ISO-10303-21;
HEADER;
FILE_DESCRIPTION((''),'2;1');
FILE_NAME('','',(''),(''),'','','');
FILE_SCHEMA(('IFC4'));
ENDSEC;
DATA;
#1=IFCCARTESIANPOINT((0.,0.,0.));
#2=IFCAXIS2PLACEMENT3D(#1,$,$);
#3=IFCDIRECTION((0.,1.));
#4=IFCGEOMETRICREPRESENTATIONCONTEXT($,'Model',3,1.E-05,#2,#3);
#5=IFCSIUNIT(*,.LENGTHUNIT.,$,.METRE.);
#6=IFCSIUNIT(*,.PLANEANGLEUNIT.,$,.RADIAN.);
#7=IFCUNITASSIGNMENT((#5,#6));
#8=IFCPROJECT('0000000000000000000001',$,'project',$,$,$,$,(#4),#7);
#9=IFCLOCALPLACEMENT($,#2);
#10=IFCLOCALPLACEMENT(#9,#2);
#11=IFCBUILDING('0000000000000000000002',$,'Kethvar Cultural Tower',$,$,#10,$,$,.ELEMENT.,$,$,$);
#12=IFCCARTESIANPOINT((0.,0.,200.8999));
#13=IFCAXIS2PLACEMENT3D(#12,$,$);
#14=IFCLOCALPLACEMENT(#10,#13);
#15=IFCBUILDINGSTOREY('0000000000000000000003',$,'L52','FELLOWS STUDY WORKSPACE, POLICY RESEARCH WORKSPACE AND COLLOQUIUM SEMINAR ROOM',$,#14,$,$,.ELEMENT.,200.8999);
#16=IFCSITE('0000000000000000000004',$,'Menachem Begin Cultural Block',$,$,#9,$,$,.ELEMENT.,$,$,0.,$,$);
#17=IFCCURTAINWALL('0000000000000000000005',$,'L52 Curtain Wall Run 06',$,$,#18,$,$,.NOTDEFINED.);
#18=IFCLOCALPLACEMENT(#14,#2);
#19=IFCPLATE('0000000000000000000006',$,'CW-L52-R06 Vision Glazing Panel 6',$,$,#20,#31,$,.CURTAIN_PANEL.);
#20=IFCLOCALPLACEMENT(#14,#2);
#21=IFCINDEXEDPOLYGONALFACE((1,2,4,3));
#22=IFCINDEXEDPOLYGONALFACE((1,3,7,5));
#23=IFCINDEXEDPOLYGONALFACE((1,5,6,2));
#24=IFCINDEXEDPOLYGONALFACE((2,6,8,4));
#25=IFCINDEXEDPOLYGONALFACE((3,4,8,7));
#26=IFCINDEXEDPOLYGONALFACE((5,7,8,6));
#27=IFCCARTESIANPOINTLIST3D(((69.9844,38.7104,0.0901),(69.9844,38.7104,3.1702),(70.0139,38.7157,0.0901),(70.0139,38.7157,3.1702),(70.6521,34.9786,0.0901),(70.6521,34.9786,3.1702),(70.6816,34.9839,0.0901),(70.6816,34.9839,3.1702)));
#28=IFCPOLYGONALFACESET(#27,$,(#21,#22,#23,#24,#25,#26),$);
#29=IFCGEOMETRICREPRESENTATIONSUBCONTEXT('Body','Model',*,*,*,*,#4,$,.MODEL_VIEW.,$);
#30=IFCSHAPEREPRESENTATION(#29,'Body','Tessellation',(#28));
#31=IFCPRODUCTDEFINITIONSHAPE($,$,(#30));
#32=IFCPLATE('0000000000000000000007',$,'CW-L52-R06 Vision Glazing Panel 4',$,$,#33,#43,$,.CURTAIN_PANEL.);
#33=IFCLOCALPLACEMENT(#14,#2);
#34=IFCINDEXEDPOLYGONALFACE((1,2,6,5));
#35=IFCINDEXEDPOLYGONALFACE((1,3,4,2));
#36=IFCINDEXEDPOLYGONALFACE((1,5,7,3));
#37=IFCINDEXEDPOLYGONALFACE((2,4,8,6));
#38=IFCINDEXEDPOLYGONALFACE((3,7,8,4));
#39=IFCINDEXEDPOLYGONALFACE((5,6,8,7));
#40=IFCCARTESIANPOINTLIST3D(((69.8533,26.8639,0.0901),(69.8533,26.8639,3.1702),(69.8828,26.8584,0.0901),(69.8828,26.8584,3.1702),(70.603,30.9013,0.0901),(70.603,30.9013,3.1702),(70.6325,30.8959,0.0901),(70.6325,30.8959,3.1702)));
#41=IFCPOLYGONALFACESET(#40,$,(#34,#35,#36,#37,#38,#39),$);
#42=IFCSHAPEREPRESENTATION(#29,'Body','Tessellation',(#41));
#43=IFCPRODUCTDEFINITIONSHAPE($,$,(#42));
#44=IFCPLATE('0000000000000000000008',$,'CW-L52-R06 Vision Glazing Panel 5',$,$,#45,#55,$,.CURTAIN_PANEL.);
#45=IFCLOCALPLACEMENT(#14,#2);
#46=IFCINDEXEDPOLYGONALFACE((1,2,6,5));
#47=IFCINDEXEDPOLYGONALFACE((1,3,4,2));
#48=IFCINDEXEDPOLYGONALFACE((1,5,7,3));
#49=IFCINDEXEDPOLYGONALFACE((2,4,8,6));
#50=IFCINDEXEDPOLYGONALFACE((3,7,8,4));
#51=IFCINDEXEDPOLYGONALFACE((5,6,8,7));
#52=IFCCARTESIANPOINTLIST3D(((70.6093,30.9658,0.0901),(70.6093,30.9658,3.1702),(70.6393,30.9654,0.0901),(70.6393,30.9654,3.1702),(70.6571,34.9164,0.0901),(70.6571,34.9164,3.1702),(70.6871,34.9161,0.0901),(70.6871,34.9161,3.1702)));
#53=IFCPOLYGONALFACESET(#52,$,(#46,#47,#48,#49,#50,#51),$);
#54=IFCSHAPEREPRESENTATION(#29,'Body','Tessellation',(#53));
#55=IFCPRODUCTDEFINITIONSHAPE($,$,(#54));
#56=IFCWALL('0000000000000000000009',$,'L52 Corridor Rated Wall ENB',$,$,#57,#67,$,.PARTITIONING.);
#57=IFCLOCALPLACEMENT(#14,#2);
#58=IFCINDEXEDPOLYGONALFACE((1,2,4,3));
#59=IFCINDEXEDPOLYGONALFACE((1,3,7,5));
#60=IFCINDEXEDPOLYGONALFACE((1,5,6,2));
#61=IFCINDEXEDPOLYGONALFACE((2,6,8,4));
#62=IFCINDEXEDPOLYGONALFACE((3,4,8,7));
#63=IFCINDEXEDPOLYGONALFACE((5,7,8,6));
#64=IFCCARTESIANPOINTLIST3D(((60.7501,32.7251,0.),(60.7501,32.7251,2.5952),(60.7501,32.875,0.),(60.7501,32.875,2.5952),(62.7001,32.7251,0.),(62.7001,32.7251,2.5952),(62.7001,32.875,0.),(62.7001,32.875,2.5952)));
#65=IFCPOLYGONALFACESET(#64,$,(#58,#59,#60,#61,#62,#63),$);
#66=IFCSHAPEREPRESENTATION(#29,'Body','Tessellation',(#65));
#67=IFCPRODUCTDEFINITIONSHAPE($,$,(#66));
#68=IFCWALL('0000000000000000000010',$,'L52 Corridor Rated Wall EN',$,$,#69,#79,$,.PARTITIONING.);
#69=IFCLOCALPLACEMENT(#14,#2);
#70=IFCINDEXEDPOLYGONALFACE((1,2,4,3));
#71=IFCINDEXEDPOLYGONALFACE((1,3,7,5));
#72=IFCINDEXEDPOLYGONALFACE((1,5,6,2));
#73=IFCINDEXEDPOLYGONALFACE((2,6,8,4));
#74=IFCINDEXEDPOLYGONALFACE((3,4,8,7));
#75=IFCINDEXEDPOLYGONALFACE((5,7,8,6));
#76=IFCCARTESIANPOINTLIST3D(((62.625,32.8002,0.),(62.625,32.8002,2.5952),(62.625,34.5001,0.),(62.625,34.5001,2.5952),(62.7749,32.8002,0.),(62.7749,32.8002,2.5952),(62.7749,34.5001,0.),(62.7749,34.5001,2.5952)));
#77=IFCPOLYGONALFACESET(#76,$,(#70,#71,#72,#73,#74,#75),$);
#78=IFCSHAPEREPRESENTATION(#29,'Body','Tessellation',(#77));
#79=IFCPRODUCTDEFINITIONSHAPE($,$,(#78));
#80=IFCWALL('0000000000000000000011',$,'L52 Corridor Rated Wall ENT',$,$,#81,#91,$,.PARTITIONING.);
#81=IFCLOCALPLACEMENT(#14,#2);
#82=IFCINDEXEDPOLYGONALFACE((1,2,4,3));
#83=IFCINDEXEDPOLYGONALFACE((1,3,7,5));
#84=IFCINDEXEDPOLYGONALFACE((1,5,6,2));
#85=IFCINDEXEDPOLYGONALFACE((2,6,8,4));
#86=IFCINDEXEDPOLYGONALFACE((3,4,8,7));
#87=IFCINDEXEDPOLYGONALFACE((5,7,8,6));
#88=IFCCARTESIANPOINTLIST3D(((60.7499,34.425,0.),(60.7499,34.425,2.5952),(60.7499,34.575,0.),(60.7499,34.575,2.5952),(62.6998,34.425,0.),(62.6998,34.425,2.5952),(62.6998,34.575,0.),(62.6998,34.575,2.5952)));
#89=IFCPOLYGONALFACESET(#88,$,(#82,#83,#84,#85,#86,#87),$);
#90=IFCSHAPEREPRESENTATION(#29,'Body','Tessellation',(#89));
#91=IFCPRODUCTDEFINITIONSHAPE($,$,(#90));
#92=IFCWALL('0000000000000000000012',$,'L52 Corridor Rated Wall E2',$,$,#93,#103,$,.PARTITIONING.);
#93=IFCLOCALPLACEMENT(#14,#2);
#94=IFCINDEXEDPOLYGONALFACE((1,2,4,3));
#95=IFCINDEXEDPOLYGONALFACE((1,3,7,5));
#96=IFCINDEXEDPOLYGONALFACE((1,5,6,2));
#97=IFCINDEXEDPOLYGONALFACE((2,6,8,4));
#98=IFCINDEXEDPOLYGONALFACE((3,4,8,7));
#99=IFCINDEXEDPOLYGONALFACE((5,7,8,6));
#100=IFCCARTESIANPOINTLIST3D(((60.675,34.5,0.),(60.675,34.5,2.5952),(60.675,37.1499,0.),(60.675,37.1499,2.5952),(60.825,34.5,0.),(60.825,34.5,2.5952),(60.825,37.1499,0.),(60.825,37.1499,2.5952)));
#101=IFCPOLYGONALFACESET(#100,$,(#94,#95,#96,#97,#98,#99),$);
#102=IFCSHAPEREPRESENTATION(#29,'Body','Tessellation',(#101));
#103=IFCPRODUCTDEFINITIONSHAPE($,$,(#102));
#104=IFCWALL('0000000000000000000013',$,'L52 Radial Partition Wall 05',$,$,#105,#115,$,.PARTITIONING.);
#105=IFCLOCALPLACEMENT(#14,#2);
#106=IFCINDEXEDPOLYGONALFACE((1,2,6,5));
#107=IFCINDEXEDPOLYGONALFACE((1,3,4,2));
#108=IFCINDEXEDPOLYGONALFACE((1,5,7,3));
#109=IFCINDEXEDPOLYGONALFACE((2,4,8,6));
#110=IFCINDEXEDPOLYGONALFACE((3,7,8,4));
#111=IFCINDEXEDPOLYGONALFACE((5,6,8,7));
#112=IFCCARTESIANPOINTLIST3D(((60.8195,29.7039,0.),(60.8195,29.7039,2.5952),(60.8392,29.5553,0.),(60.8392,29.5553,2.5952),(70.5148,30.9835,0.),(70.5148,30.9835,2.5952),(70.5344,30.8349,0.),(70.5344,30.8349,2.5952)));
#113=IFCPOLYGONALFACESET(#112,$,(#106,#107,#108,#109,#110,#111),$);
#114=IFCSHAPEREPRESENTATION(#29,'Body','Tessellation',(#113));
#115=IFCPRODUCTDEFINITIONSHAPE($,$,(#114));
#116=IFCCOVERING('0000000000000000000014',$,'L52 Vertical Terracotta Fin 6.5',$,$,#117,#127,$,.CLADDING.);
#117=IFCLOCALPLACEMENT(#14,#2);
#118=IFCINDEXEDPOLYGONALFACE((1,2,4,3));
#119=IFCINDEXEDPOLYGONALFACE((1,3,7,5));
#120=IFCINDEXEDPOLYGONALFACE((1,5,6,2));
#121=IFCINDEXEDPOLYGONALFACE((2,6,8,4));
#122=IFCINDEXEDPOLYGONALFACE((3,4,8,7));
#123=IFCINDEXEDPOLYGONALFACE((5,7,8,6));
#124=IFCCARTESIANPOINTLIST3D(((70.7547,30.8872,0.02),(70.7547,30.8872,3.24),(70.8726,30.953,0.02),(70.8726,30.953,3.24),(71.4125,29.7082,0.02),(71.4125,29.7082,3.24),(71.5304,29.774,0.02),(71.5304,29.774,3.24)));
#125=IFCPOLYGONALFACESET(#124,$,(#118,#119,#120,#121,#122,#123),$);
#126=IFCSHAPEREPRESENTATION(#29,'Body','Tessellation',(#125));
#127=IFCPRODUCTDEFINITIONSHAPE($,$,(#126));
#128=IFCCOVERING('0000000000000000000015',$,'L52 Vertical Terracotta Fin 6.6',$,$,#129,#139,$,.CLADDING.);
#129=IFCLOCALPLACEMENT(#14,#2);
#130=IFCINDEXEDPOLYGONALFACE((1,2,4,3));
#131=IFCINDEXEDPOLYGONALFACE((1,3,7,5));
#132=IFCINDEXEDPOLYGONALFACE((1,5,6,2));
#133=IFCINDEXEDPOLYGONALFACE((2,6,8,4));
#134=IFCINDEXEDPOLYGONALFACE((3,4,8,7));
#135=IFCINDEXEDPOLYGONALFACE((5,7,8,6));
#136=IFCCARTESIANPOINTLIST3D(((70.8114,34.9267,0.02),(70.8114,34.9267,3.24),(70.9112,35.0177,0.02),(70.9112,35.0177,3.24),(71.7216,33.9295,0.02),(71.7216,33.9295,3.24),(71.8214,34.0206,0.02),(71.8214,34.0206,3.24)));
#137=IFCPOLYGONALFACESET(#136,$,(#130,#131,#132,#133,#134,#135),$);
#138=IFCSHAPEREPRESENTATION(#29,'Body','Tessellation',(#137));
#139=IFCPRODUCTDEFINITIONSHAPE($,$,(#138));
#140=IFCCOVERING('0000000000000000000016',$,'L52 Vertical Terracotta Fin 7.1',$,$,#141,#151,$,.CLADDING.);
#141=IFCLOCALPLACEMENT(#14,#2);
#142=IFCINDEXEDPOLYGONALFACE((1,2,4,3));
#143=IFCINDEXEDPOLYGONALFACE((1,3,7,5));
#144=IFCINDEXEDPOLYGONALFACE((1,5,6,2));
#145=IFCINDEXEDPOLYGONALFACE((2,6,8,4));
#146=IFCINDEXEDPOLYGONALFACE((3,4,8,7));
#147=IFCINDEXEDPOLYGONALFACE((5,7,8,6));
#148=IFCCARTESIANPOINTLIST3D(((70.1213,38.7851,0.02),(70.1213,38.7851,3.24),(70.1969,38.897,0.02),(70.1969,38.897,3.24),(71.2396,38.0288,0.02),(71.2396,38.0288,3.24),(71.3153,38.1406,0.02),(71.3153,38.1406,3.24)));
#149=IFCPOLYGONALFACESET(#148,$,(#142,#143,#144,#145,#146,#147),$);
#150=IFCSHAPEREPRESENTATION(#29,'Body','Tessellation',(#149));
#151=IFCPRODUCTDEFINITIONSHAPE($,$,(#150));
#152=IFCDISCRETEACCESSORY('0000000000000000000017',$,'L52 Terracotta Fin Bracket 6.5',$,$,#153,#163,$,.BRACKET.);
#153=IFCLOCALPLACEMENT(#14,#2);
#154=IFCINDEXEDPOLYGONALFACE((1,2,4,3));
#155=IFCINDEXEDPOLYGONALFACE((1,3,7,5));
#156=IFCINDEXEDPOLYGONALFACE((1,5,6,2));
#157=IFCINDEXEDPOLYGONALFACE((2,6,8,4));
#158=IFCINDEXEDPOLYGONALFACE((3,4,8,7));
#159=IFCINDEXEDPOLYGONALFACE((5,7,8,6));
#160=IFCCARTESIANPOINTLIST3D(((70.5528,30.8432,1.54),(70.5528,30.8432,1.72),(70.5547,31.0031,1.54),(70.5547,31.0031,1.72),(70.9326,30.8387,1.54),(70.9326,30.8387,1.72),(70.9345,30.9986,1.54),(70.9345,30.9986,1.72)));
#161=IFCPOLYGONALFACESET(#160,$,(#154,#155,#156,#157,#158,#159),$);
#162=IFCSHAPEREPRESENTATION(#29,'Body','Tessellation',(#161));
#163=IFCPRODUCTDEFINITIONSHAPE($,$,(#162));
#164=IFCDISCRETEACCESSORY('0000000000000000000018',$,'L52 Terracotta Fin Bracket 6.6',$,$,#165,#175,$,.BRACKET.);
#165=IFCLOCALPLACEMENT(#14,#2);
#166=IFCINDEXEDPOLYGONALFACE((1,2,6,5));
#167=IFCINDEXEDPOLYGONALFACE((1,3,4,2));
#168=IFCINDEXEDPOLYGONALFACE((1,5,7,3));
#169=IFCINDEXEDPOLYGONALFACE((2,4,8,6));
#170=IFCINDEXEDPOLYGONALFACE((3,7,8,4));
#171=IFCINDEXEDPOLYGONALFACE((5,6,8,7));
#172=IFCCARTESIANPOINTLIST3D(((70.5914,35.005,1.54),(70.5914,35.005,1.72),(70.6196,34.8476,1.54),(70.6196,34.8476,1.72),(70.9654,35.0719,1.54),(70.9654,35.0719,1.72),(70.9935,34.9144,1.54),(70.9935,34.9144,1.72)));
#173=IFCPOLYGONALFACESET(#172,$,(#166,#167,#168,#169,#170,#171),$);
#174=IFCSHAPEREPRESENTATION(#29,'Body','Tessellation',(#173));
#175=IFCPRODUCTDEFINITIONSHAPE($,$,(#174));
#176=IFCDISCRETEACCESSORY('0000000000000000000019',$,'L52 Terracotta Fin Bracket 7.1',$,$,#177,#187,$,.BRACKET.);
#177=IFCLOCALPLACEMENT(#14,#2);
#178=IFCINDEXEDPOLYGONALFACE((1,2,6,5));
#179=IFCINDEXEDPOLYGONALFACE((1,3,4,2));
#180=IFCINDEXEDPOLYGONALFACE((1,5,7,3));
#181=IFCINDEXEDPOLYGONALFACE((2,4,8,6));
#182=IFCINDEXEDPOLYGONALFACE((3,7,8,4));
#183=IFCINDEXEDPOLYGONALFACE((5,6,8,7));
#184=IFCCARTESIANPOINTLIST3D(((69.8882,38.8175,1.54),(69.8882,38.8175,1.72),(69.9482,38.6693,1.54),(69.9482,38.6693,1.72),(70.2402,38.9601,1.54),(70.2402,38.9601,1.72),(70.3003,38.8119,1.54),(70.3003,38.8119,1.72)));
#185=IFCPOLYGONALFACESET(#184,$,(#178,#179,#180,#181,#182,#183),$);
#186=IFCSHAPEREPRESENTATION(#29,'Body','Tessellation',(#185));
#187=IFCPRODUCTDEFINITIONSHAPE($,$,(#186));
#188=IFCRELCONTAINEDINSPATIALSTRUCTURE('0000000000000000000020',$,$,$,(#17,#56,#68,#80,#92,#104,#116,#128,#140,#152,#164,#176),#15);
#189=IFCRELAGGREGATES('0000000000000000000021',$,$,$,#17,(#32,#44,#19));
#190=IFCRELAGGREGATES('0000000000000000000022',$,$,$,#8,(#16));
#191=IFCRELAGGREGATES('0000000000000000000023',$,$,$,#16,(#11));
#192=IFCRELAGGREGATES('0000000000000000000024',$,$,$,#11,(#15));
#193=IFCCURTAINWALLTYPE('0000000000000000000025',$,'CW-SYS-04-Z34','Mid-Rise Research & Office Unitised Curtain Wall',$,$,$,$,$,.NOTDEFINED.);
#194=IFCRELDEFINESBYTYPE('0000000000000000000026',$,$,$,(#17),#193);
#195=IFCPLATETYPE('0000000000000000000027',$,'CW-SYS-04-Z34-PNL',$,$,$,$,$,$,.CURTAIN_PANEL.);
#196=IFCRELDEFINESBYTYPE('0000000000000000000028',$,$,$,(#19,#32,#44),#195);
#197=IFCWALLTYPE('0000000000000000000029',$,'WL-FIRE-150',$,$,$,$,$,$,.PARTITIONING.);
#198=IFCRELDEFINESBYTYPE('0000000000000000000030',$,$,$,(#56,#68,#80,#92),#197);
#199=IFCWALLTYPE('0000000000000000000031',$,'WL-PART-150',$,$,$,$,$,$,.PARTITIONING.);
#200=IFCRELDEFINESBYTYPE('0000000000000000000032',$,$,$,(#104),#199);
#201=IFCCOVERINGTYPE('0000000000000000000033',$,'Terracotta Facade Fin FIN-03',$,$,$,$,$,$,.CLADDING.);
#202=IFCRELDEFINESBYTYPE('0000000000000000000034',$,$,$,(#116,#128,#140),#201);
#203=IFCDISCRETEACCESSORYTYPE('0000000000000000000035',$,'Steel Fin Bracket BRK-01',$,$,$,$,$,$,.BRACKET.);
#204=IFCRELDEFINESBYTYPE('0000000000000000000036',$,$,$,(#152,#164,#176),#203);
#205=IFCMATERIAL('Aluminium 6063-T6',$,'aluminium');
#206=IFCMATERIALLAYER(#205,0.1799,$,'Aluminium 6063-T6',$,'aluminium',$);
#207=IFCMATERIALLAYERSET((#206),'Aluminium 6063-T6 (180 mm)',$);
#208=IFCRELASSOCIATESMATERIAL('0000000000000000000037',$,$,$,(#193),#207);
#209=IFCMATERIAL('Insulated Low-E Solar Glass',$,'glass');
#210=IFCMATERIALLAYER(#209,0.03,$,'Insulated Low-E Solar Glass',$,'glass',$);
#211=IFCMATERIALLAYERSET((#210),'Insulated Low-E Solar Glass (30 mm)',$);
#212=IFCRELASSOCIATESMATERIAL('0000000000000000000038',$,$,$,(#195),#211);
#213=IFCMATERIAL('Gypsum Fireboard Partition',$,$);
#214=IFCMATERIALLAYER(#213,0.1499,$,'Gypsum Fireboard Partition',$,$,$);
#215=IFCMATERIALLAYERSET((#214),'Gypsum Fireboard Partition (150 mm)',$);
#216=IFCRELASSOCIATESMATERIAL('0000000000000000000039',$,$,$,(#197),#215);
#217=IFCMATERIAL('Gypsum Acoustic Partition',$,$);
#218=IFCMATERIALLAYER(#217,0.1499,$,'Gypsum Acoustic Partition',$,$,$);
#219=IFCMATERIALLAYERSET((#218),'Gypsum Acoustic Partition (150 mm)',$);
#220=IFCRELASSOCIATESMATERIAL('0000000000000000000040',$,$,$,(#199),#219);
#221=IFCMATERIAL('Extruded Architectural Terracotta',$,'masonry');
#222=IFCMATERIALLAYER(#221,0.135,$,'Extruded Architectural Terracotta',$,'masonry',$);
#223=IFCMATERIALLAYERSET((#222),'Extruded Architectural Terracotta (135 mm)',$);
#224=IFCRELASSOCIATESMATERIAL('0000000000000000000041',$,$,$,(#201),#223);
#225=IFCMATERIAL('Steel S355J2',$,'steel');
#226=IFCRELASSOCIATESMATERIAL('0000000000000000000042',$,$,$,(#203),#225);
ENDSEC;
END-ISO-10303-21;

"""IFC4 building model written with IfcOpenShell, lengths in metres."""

from ifc_helpers import new_model, si_unit, direction, frame, frame_2d, origin, origin_2d, place, context, subcontext, project, spatial, rectangle, extrude, source, transform, mapped, material, layer, layer_set, type_object, element, aggregate, save


model = new_model("IFC4")

# Units and contexts
model_context = context("Model", 3, precision=1e-05, world=origin(), true_north=direction((0.0, 1.0)))
body_context = subcontext(model_context, "Body", "Model", "MODEL_VIEW")
ifc_project = project(units=[si_unit("LENGTHUNIT", "METRE"), si_unit("PLANEANGLEUNIT", "RADIAN")], contexts=[model_context])

# Site, building, storey
site_placement = place(None, origin())
site = spatial("IfcSite", under=ifc_project, at=site_placement, Name="Menachem Begin Cultural Block", CompositionType="ELEMENT", RefElevation=0.0)
building_placement = place(site_placement, origin())
building = spatial("IfcBuilding", under=site, at=building_placement, Name="Kethvar Cultural Tower", CompositionType="ELEMENT")
storey_placement = place(building_placement, frame((0.0, 0.0, 200.8999)))
storey = spatial("IfcBuildingStorey", under=building, at=storey_placement, Name="L52", Description="FELLOWS STUDY WORKSPACE, POLICY RESEARCH WORKSPACE AND COLLOQUIUM SEMINAR ROOM", CompositionType="ELEMENT", Elevation=200.8999)

# Shared definitions
ifc_material_1 = material(Name="Steel S355J2", Category="steel")

# Curtain wall
ifc_material_2 = material(Name="Aluminium 6063-T6", Category="aluminium")
ifc_layer_1 = layer(ifc_material_2, 0.1799, Name="Aluminium 6063-T6", Category="aluminium")
ifc_layer_set_1 = layer_set([ifc_layer_1], Name="Aluminium 6063-T6 (180 mm)")
curtain_wall_type = type_object("IfcCurtainWallType", Name="CW-SYS-04-Z34", Description="Mid-Rise Research & Office Unitised Curtain Wall", PredefinedType="NOTDEFINED", material=ifc_layer_set_1)
curtain_wall_1_placement = place(storey_placement, origin())
curtain_wall_1 = element("IfcCurtainWall", 1, at=curtain_wall_1_placement, inside=storey, type_object=curtain_wall_type, Name="L52 Curtain Wall Run 06", PredefinedType="NOTDEFINED")

# Plates
ifc_material_3 = material(Name="Insulated Low-E Solar Glass", Category="glass")
ifc_layer_2 = layer(ifc_material_3, 0.03, Name="Insulated Low-E Solar Glass", Category="glass")
ifc_layer_set_2 = layer_set([ifc_layer_2], Name="Insulated Low-E Solar Glass (30 mm)")
plate_type = type_object("IfcPlateType", Name="CW-SYS-04-Z34-PNL", PredefinedType="CURTAIN_PANEL", material=ifc_layer_set_2)
shared_shape_1 = source(origin(), body_context, "Body", "SweptSolid", [
    extrude(rectangle(XDim=3.791, YDim=0.03, at=origin_2d()), origin(), (0.0, 0.0, 1.0), 3.0801),
])
plate_1_placement = place(storey_placement, frame((70.333, 36.8472, 0.0901), z_axis=(0.0, 0.0, 1.0), x_axis=(-0.176123, 0.984368, 0.0)))
plate_1 = element("IfcPlate", 2, at=plate_1_placement, type_object=plate_type, Name="CW-L52-R06 Vision Glazing Panel 6", PredefinedType="CURTAIN_PANEL", context=body_context, shape_type="MappedRepresentation", body=[
    mapped(shared_shape_1, transform((0.0, 0.0, 0.0), scale=1.0)),
])
shared_shape_2 = source(origin(), body_context, "Body", "SweptSolid", [
    extrude(rectangle(XDim=4.1064, YDim=0.03, at=origin_2d()), origin(), (0.0, 0.0, 1.0), 3.0801),
])
plate_2_placement = place(storey_placement, frame((70.2429, 28.8799, 0.0901), z_axis=(0.0, 0.0, 1.0), x_axis=(0.182562, 0.983194, 0.0)))
plate_2 = element("IfcPlate", 3, at=plate_2_placement, type_object=plate_type, Name="CW-L52-R06 Vision Glazing Panel 4", PredefinedType="CURTAIN_PANEL", context=body_context, shape_type="MappedRepresentation", body=[
    mapped(shared_shape_2, transform((0.0, 0.0, 0.0), scale=1.0)),
])
shared_shape_3 = source(origin(), body_context, "Body", "SweptSolid", [
    extrude(rectangle(XDim=3.9509, YDim=0.03, at=origin_2d()), origin(), (0.0, 0.0, 1.0), 3.0801),
])
plate_3_placement = place(storey_placement, frame((70.6482, 32.9409, 0.0901), z_axis=(0.0, 0.0, 1.0), x_axis=(0.012112, 0.999927, 0.0)))
plate_3 = element("IfcPlate", 4, at=plate_3_placement, type_object=plate_type, Name="CW-L52-R06 Vision Glazing Panel 5", PredefinedType="CURTAIN_PANEL", context=body_context, shape_type="MappedRepresentation", body=[
    mapped(shared_shape_3, transform((0.0, 0.0, 0.0), scale=1.0)),
])
aggregate(curtain_wall_1, [plate_2, plate_3, plate_1])

# Walls
ifc_material_4 = material(Name="Gypsum Fireboard Partition")
ifc_layer_3 = layer(ifc_material_4, 0.1499, Name="Gypsum Fireboard Partition")
ifc_layer_set_3 = layer_set([ifc_layer_3], Name="Gypsum Fireboard Partition (150 mm)")
wall_type_1 = type_object("IfcWallType", Name="WL-FIRE-150", PredefinedType="PARTITIONING", material=ifc_layer_set_3)
wall_1_placement = place(storey_placement, frame((60.75, 32.8, 0.0), z_axis=(0.0, 0.0, 1.0), x_axis=(1.0, 0.0, 0.0)))
element("IfcWall", 5, at=wall_1_placement, inside=storey, type_object=wall_type_1, Name="L52 Corridor Rated Wall ENB", PredefinedType="PARTITIONING", context=body_context, shape_type="SweptSolid", body=[
    extrude(rectangle(XDim=1.95, YDim=0.1499, at=frame_2d((0.9751, 0.0))), origin(), (0.0, 0.0, 1.0), 2.5952),
])
wall_2_placement = place(storey_placement, frame((62.7, 32.8, 0.0), z_axis=(0.0, 0.0, 1.0), x_axis=(0.0, 1.0, 0.0)))
element("IfcWall", 6, at=wall_2_placement, inside=storey, type_object=wall_type_1, Name="L52 Corridor Rated Wall EN", PredefinedType="PARTITIONING", context=body_context, shape_type="SweptSolid", body=[
    extrude(rectangle(XDim=1.7, YDim=0.1499, at=frame_2d((0.8501, 0.0))), origin(), (0.0, 0.0, 1.0), 2.5952),
])
wall_3_placement = place(storey_placement, frame((62.7, 34.5, 0.0), z_axis=(0.0, 0.0, 1.0), x_axis=(-1.0, 0.0, 0.0)))
element("IfcWall", 7, at=wall_3_placement, inside=storey, type_object=wall_type_1, Name="L52 Corridor Rated Wall ENT", PredefinedType="PARTITIONING", context=body_context, shape_type="SweptSolid", body=[
    extrude(rectangle(XDim=1.95, YDim=0.1499, at=frame_2d((0.9751, 0.0))), origin(), (0.0, 0.0, 1.0), 2.5952),
])
wall_4_placement = place(storey_placement, frame((60.75, 34.5, 0.0), z_axis=(0.0, 0.0, 1.0), x_axis=(0.0, 1.0, 0.0)))
element("IfcWall", 8, at=wall_4_placement, inside=storey, type_object=wall_type_1, Name="L52 Corridor Rated Wall E2", PredefinedType="PARTITIONING", context=body_context, shape_type="SweptSolid", body=[
    extrude(rectangle(XDim=2.6499, YDim=0.1499, at=frame_2d((1.325, 0.0))), origin(), (0.0, 0.0, 1.0), 2.5952),
])

# Wall
ifc_material_5 = material(Name="Gypsum Acoustic Partition")
ifc_layer_4 = layer(ifc_material_5, 0.1499, Name="Gypsum Acoustic Partition")
ifc_layer_set_4 = layer_set([ifc_layer_4], Name="Gypsum Acoustic Partition (150 mm)")
wall_type_2 = type_object("IfcWallType", Name="WL-PART-150", PredefinedType="PARTITIONING", material=ifc_layer_set_4)
wall_5_placement = place(storey_placement, frame((60.8293, 29.6296, 0.0), z_axis=(0.0, 0.0, 1.0), x_axis=(0.991403, 0.130841, 0.0)))
element("IfcWall", 9, at=wall_5_placement, inside=storey, type_object=wall_type_2, Name="L52 Radial Partition Wall 05", PredefinedType="PARTITIONING", context=body_context, shape_type="SweptSolid", body=[
    extrude(rectangle(XDim=9.7793, YDim=0.1499, at=frame_2d((4.8896, 0.0))), origin(), (0.0, 0.0, 1.0), 2.5952),
])

# Coverings
ifc_material_6 = material(Name="Extruded Architectural Terracotta", Category="masonry")
ifc_layer_5 = layer(ifc_material_6, 0.135, Name="Extruded Architectural Terracotta", Category="masonry")
ifc_layer_set_5 = layer_set([ifc_layer_5], Name="Extruded Architectural Terracotta (135 mm)")
covering_type = type_object("IfcCoveringType", Name="Terracotta Facade Fin FIN-03", PredefinedType="CLADDING", material=ifc_layer_set_5)
shared_shape_4 = source(origin(), body_context, "Body", "SweptSolid", [
    extrude(rectangle(XDim=1.3501, YDim=0.135, at=origin_2d()), origin(), (0.0, 0.0, 1.0), 3.22),
])
for number, where, z_axis, x_axis, name in (
    (10, (71.1426, 30.3306, 0.02), (0.0, 0.0, 1.0), (0.48725, -0.873262, 0.0), "L52 Vertical Terracotta Fin 6.5"),
    (11, (71.3164, 34.4736, 0.02), (0.0, 0.0, 1.0), (0.674173, -0.738573, 0.0), "L52 Vertical Terracotta Fin 6.6"),
    (12, (70.7183, 38.4629, 0.02), (0.0, 0.0, 1.0), (0.828354, -0.560205, 0.0), "L52 Vertical Terracotta Fin 7.1"),
):
    element("IfcCovering", number, at=place(storey_placement, frame(where, z_axis=z_axis, x_axis=x_axis)), inside=storey, type_object=covering_type, Name=name, PredefinedType="CLADDING", context=body_context, shape_type="MappedRepresentation", body=[
        mapped(shared_shape_4, transform((0.0, 0.0, 0.0), scale=1.0)),
    ])

# Discrete accessories
discrete_accessory_type = type_object("IfcDiscreteAccessoryType", Name="Steel Fin Bracket BRK-01", PredefinedType="BRACKET", material=ifc_material_1)
shared_shape_5 = source(origin(), body_context, "Body", "SweptSolid", [
    extrude(rectangle(XDim=0.3799, YDim=0.1599, at=origin_2d()), origin(), (0.0, 0.0, 1.0), 0.1799),
])
for number, where, z_axis, x_axis, name in (
    (13, (70.7437, 30.9209, 1.54), (0.0, 0.0, 1.0), (0.999927, -0.012042, 0.0), "L52 Terracotta Fin Bracket 6.5"),
    (14, (70.7925, 34.9597, 1.54), (0.0, 0.0, 1.0), (0.984381, 0.176054, 0.0), "L52 Terracotta Fin Bracket 6.6"),
    (15, (70.0942, 38.8147, 1.54), (0.0, 0.0, 1.0), (0.926791, 0.375577, 0.0), "L52 Terracotta Fin Bracket 7.1"),
):
    element("IfcDiscreteAccessory", number, at=place(storey_placement, frame(where, z_axis=z_axis, x_axis=x_axis)), inside=storey, type_object=discrete_accessory_type, Name=name, PredefinedType="BRACKET", context=body_context, shape_type="MappedRepresentation", body=[
        mapped(shared_shape_5, transform((0.0, 0.0, 0.0), scale=1.0)),
    ])

save(model, "model.ifc")
